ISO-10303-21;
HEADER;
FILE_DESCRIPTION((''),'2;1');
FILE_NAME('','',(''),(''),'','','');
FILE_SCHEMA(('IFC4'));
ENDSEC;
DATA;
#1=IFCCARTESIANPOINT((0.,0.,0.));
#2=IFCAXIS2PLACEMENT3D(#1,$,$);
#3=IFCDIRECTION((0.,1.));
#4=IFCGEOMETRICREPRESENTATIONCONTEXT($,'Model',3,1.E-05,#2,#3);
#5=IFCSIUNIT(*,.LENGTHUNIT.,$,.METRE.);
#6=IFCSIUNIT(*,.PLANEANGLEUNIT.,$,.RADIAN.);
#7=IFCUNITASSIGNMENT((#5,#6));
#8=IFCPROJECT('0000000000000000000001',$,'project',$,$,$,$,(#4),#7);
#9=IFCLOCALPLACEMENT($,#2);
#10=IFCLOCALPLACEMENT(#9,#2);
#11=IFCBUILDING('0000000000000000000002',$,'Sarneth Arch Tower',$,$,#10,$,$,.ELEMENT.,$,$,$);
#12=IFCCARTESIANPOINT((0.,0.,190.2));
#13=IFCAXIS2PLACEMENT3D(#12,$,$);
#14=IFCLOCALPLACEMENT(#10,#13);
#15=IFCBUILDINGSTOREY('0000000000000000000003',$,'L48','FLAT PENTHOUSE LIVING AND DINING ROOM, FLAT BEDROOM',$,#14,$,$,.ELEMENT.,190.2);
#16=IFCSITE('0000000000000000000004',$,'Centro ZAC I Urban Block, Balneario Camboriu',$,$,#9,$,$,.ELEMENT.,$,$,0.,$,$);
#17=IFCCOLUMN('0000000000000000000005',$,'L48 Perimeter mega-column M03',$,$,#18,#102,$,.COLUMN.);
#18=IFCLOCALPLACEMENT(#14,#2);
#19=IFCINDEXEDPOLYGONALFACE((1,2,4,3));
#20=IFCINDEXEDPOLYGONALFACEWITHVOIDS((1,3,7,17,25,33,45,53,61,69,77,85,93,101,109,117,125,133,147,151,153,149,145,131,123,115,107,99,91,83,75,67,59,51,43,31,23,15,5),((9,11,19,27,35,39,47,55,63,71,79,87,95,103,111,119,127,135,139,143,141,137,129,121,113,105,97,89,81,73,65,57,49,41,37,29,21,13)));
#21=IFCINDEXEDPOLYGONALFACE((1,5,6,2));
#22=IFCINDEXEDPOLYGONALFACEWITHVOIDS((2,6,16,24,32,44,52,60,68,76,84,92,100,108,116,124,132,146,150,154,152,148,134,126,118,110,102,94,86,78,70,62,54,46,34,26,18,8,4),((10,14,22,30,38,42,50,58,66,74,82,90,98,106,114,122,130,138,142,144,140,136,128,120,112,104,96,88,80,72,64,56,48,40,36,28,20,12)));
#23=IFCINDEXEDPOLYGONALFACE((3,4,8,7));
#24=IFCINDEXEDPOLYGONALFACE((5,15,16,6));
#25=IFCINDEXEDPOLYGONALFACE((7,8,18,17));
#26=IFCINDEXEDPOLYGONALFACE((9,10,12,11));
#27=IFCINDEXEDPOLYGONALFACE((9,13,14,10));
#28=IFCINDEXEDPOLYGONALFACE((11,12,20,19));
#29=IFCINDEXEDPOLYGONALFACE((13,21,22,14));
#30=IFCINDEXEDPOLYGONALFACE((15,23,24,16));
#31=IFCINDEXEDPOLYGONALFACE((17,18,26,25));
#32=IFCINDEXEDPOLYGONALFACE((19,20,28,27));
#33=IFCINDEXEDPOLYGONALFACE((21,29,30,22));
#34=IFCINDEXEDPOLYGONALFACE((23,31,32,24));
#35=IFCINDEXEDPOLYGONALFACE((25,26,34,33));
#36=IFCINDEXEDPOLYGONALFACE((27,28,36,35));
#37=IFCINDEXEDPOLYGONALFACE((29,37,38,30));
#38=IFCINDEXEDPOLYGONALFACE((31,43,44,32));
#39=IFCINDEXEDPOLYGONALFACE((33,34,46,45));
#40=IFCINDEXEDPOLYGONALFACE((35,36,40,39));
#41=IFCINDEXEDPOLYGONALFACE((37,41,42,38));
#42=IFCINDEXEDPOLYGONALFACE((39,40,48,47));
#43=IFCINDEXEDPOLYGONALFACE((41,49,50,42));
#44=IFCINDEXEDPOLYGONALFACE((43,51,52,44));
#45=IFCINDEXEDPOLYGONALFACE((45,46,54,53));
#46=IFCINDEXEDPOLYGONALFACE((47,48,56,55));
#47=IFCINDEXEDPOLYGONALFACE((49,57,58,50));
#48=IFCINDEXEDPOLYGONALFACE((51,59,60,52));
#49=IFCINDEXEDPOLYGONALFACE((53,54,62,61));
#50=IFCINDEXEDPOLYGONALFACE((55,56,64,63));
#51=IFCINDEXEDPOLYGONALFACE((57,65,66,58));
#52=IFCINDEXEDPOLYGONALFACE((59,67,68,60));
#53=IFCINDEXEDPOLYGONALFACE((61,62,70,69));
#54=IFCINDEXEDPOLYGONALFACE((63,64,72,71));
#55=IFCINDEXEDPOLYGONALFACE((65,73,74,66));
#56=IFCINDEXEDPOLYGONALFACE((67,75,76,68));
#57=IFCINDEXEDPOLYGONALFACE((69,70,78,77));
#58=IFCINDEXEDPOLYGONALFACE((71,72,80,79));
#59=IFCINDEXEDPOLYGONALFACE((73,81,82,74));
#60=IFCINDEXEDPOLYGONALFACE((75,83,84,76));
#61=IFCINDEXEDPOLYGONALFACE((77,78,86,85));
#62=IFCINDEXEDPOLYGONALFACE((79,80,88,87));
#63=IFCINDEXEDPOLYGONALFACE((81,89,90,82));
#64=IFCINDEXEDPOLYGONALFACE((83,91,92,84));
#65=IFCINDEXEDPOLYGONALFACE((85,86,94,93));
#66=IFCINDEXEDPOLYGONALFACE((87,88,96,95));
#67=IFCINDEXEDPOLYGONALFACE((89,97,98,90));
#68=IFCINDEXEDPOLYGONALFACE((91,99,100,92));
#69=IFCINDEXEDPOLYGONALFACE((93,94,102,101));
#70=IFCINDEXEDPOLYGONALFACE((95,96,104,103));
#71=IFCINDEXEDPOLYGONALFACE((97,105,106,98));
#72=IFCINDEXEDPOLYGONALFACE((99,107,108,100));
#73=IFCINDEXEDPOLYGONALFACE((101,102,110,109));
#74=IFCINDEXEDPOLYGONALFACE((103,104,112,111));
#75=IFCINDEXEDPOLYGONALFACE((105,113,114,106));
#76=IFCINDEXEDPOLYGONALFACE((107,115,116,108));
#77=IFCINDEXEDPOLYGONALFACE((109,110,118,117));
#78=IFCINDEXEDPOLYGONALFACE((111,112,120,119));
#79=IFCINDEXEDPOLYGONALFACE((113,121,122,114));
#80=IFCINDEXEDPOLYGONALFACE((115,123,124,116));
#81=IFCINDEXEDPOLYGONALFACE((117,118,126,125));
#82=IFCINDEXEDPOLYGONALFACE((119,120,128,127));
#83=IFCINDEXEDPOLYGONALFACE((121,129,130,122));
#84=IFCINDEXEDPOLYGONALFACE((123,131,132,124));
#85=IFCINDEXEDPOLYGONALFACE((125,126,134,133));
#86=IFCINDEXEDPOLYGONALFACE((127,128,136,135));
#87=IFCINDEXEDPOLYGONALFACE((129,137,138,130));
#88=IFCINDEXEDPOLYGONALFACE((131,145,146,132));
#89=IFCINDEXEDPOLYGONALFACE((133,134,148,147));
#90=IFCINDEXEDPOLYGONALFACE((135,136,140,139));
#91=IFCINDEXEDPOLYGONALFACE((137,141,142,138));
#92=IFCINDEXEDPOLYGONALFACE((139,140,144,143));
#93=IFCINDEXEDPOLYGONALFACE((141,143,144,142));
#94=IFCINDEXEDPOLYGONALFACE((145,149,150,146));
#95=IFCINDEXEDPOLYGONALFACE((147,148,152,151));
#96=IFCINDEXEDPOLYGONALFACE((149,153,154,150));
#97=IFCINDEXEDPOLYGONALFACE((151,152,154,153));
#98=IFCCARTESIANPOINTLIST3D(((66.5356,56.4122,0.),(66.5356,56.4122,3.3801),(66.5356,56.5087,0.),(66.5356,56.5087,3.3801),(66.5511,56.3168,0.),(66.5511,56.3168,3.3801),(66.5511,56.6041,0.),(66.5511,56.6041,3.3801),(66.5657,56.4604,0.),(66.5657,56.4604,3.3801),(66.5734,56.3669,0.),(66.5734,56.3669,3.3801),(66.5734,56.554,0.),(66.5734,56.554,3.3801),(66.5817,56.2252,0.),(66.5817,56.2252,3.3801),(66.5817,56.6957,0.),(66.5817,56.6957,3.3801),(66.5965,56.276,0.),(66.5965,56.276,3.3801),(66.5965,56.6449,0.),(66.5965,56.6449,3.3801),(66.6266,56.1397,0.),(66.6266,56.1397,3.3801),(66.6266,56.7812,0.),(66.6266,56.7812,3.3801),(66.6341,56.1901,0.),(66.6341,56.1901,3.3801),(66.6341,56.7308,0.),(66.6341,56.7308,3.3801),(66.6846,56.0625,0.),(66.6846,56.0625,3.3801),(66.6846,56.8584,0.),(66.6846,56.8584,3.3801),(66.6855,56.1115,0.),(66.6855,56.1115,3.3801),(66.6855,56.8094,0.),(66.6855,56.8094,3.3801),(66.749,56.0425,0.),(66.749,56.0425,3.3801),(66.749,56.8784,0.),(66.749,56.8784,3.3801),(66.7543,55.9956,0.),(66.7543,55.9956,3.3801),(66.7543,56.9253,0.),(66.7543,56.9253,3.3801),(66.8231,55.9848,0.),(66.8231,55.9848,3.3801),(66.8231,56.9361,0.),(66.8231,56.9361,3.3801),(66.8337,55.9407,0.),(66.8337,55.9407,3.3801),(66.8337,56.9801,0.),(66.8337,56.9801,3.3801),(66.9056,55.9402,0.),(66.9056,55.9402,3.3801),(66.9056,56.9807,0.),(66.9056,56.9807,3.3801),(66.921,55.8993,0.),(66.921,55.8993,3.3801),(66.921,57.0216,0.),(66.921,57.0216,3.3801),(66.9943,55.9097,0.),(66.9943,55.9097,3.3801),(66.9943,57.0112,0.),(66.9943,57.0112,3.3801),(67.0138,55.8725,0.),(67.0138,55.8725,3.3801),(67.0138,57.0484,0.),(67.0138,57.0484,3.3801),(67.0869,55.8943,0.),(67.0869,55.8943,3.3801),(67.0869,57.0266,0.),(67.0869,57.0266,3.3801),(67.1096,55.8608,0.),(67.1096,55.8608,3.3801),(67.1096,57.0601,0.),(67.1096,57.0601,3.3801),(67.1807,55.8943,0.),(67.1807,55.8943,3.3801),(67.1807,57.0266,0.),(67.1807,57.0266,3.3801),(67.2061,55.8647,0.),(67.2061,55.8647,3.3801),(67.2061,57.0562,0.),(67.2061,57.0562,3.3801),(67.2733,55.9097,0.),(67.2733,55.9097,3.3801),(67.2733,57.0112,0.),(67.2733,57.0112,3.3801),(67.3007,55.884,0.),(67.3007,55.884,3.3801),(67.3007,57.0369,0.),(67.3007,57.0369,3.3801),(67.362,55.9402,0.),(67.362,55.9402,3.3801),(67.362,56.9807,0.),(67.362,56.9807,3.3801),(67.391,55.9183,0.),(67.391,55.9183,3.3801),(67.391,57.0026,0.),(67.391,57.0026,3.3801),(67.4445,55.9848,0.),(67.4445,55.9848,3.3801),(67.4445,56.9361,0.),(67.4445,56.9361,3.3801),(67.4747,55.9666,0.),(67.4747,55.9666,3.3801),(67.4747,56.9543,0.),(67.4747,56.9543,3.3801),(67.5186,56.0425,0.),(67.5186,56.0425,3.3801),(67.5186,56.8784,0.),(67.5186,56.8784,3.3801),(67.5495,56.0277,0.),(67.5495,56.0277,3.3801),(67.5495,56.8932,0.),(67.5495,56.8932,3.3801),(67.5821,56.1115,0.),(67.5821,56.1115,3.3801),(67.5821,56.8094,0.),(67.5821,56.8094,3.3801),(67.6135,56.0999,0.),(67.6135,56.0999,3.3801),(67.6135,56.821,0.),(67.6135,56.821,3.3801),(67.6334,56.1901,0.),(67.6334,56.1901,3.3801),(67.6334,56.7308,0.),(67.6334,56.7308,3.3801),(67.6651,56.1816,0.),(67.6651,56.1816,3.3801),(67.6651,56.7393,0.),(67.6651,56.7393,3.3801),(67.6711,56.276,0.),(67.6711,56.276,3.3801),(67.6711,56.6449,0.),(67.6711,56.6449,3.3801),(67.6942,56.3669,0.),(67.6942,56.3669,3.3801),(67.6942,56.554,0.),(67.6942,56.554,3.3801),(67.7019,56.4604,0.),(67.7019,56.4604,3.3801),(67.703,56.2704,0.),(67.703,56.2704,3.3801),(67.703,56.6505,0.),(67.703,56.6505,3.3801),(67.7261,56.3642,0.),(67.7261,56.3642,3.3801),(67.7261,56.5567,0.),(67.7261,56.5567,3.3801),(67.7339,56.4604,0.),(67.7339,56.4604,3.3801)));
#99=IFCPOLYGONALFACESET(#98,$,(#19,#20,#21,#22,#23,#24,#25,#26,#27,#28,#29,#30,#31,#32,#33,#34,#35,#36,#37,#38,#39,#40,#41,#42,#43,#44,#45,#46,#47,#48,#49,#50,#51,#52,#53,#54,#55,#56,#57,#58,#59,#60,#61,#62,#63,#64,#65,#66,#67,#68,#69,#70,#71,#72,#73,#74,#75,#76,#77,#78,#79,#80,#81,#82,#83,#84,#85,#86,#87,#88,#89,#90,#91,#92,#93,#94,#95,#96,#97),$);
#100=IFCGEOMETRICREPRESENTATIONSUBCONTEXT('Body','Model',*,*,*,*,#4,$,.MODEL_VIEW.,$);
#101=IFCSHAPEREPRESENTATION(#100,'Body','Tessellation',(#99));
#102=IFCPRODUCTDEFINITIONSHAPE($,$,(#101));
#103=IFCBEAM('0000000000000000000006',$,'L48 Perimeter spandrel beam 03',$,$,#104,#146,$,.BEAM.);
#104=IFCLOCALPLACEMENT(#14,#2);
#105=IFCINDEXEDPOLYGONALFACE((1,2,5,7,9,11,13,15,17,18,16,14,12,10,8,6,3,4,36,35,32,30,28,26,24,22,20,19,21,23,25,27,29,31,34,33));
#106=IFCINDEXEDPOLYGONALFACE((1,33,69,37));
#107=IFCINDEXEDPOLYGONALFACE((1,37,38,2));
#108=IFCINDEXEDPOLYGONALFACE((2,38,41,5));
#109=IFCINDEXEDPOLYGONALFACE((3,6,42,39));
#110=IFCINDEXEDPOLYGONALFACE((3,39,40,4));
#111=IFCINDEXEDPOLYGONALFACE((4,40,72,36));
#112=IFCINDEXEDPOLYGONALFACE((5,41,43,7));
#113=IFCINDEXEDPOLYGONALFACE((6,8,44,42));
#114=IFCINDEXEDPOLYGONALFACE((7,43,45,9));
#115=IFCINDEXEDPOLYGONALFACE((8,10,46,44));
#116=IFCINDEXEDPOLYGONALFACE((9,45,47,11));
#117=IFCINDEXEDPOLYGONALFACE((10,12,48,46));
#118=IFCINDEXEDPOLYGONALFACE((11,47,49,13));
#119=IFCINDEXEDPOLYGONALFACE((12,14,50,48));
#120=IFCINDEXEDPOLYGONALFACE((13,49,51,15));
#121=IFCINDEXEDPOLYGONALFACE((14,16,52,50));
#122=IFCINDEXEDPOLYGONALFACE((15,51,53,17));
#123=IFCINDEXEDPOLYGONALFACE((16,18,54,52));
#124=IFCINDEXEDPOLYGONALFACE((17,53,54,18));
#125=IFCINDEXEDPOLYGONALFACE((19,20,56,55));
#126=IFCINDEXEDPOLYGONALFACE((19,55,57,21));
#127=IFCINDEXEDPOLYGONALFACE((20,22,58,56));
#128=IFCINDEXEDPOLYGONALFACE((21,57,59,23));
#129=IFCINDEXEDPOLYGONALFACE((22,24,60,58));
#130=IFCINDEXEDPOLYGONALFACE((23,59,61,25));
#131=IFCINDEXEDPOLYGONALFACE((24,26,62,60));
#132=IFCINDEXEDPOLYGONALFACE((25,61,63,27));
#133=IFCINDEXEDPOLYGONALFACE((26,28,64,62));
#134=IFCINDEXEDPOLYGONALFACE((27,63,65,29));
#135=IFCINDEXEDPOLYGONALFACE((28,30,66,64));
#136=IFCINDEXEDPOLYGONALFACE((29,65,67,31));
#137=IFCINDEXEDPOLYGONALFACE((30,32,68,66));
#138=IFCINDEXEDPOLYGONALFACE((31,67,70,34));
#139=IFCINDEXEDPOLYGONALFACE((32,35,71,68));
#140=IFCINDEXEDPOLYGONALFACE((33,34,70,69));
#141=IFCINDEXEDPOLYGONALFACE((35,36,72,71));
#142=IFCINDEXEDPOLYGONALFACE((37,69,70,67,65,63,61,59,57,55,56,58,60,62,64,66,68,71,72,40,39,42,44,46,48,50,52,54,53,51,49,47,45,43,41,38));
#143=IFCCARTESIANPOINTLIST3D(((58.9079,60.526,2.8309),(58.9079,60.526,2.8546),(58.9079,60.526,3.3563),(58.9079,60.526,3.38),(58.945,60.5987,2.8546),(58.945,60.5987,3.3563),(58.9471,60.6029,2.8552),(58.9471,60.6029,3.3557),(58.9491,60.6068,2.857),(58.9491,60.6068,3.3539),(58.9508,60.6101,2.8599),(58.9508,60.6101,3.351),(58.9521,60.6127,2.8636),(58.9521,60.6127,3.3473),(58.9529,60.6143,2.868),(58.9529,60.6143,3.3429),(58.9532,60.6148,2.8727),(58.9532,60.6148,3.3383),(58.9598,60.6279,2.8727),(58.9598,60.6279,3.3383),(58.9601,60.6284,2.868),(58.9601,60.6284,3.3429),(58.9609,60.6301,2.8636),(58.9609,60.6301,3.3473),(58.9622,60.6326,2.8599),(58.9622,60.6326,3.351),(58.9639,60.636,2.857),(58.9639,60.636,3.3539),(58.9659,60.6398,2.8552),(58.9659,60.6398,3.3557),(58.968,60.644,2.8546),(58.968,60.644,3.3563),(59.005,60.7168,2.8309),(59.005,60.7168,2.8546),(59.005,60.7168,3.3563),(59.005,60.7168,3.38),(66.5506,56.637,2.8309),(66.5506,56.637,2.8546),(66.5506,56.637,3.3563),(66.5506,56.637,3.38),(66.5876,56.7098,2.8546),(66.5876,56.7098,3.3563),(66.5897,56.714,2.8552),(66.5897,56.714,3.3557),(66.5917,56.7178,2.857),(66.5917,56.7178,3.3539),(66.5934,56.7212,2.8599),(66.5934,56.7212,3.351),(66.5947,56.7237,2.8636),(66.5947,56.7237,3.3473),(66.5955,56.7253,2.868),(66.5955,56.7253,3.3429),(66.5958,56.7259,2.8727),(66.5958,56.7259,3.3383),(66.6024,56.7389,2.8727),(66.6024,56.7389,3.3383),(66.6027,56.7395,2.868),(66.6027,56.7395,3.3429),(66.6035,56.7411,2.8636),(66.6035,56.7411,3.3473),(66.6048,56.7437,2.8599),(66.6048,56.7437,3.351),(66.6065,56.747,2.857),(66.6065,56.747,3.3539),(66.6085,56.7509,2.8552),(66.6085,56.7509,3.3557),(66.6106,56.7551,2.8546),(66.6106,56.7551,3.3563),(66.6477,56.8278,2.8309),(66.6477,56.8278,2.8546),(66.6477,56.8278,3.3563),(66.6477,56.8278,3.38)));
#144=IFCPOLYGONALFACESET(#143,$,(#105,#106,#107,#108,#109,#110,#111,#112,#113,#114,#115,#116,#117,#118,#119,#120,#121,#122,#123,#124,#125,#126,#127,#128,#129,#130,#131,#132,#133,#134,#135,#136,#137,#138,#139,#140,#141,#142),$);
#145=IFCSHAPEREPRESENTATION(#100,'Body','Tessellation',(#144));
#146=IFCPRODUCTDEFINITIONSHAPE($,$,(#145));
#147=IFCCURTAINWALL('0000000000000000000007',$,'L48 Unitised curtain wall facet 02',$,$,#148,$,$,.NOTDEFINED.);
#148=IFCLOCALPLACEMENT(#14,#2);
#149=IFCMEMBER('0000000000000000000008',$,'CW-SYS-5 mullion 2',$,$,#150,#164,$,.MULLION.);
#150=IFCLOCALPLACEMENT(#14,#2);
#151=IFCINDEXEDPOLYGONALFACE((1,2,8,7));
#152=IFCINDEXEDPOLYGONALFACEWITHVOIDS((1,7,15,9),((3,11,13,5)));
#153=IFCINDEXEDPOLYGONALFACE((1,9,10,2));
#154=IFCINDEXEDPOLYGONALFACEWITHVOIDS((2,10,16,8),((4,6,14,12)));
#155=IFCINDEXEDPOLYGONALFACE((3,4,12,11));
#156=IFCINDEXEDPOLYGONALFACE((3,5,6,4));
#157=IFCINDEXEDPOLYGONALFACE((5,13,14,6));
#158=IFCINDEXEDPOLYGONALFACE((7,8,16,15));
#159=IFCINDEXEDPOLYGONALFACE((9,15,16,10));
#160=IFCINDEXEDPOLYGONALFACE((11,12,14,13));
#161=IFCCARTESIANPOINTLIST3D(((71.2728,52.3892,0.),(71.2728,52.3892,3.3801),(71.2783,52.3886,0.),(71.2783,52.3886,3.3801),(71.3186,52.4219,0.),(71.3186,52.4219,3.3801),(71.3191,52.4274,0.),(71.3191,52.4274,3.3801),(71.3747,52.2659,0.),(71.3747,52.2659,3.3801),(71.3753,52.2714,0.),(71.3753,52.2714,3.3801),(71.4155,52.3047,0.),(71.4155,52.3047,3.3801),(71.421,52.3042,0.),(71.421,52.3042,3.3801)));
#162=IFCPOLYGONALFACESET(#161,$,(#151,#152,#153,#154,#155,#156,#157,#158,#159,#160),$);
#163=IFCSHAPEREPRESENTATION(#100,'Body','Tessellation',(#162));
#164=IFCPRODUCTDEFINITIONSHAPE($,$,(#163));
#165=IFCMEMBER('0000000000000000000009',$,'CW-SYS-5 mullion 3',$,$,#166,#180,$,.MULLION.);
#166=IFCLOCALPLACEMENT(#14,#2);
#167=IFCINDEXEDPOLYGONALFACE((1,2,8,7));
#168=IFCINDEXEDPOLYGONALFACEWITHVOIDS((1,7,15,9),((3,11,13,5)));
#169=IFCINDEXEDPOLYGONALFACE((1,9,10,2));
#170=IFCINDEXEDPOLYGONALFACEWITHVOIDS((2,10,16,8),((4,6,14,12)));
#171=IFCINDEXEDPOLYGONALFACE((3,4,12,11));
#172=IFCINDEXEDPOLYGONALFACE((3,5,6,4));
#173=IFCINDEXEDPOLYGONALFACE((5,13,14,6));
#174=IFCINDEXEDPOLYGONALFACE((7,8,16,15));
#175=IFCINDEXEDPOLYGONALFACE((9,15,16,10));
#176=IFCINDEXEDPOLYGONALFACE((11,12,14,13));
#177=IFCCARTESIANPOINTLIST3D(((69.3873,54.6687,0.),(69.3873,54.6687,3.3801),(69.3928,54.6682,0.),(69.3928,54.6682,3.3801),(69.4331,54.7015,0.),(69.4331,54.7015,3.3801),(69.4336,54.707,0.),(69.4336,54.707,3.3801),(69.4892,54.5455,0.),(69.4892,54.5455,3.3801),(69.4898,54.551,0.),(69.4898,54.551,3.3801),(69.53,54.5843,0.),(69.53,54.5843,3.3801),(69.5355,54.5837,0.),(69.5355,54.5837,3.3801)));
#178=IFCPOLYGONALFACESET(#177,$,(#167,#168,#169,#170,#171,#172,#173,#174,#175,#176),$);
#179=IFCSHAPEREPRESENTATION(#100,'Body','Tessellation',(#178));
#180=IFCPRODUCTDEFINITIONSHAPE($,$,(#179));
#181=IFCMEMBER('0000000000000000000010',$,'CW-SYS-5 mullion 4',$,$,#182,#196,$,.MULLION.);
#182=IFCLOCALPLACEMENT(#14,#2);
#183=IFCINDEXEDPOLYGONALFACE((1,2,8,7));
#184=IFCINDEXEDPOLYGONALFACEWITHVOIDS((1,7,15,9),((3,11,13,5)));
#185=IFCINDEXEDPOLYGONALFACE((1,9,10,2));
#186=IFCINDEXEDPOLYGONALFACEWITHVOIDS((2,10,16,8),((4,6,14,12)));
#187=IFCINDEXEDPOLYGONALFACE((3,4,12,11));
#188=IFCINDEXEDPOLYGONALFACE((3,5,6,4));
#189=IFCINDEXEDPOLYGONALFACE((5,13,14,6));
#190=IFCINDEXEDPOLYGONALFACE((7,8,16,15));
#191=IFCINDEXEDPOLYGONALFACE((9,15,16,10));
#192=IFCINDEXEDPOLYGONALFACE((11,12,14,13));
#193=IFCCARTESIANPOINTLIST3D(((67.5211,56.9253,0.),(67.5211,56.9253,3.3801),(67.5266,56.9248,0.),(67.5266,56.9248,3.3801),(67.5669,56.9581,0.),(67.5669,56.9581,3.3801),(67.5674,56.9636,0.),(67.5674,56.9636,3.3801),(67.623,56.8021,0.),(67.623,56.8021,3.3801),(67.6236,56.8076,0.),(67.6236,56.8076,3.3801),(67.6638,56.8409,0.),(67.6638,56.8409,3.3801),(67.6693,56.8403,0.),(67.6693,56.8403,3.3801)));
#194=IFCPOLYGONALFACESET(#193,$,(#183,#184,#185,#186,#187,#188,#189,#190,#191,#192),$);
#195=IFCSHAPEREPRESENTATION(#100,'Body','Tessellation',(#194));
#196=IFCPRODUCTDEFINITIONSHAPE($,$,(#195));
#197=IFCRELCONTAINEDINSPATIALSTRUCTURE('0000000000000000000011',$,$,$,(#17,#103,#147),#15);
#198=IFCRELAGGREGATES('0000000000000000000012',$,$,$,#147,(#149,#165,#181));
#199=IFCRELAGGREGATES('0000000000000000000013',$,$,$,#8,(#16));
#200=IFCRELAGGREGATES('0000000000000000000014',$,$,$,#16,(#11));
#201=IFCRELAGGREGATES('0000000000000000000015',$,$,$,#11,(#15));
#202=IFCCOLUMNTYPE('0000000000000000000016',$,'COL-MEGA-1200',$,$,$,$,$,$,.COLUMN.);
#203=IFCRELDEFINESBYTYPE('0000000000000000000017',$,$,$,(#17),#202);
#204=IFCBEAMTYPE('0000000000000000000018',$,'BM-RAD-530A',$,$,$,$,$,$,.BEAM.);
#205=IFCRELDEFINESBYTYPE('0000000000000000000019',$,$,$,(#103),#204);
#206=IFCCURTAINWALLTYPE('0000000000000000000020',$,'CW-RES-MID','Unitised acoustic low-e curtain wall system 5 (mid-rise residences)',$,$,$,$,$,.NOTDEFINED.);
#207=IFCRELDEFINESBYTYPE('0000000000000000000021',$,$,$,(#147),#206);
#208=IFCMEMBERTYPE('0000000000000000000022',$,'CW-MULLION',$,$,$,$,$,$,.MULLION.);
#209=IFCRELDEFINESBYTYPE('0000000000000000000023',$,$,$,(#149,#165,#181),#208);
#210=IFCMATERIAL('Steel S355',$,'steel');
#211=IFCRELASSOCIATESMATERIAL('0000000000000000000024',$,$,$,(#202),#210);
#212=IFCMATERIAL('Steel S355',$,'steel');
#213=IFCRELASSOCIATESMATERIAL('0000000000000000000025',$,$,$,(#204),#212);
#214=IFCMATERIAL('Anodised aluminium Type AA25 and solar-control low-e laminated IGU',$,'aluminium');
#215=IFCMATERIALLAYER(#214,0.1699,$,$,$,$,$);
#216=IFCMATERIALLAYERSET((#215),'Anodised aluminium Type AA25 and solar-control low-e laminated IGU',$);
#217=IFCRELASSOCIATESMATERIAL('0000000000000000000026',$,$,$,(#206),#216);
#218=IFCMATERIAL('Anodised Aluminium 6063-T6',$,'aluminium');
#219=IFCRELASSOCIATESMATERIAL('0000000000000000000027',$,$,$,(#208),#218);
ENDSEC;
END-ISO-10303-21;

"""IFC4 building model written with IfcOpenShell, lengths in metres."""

from ifc_helpers import new_model, si_unit, direction, frame, origin, origin_2d, place, context, subcontext, project, spatial, hollow_rectangle, hollow_circle, i_section, extrude, material, layer, layer_set, material_profile, profile_set, type_object, element, aggregate, save


model = new_model("IFC4")

# Units and contexts
model_context = context("Model", 3, precision=1e-05, world=origin(), true_north=direction((0.0, 1.0)))
body_context = subcontext(model_context, "Body", "Model", "MODEL_VIEW")
ifc_project = project(units=[si_unit("LENGTHUNIT", "METRE"), si_unit("PLANEANGLEUNIT", "RADIAN")], contexts=[model_context])

# Site, building, storey
site_placement = place(None, origin())
site = spatial("IfcSite", under=ifc_project, at=site_placement, Name="Centro ZAC I Urban Block, Balneario Camboriu", CompositionType="ELEMENT", RefElevation=0.0)
building_placement = place(site_placement, origin())
building = spatial("IfcBuilding", under=site, at=building_placement, Name="Sarneth Arch Tower", CompositionType="ELEMENT")
storey_placement = place(building_placement, frame((0.0, 0.0, 190.2)))
storey = spatial("IfcBuildingStorey", under=building, at=storey_placement, Name="L48", Description="FLAT PENTHOUSE LIVING AND DINING ROOM, FLAT BEDROOM", CompositionType="ELEMENT", Elevation=190.2)

# Column
ifc_material_1 = material(Name="Steel S355", Category="steel")
ifc_material_profile_1 = material_profile(ifc_material_1, hollow_circle(Radius=0.6001, WallThickness=0.032, at=origin_2d()), Name="CHS1200x32")
ifc_profile_set_1 = profile_set([ifc_material_profile_1], Name="Steel S355")
column_type = type_object("IfcColumnType", Name="COL-MEGA-1200", PredefinedType="COLUMN", material=ifc_profile_set_1)
column_placement = place(storey_placement, frame((67.1338, 56.4604, 0.0), z_axis=(0.0, 0.0, 1.0), x_axis=(1.0, 0.0, 0.0)))
element("IfcColumn", 1, at=column_placement, inside=storey, type_object=column_type, Name="L48 Perimeter mega-column M03", PredefinedType="COLUMN", context=body_context, shape_type="SweptSolid", body=[
    extrude(hollow_circle(Radius=0.6001, WallThickness=0.032, at=origin_2d()), origin(), (0.0, 0.0, 1.0), 3.3801),
])

# Beam
ifc_material_2 = material(Name="Steel S355", Category="steel")
ifc_material_profile_2 = material_profile(ifc_material_2, i_section(OverallWidth=0.2141, OverallDepth=0.5491, WebThickness=0.0146, FlangeThickness=0.0237, FilletRadius=0.0181, at=origin_2d()), Name="W530x138")
ifc_profile_set_2 = profile_set([ifc_material_profile_2], Name="Steel S355")
beam_type = type_object("IfcBeamType", Name="BM-RAD-530A", PredefinedType="BEAM", material=ifc_profile_set_2)
beam_placement = place(storey_placement, frame((66.5991, 56.7324, 3.1055), z_axis=(-0.89125, 0.453512, 0.0), x_axis=(-0.453512, -0.89125, 0.0)))
element("IfcBeam", 2, at=beam_placement, inside=storey, type_object=beam_type, Name="L48 Perimeter spandrel beam 03", PredefinedType="BEAM", context=body_context, shape_type="SweptSolid", body=[
    extrude(i_section(OverallWidth=0.2141, OverallDepth=0.5491, WebThickness=0.0146, FlangeThickness=0.0237, FilletRadius=0.0181, at=origin_2d()), origin(), (0.0, 0.0, 1.0), 8.5752),
])

# Curtain wall, members
ifc_material_3 = material(Name="Anodised aluminium Type AA25 and solar-control low-e laminated IGU", Category="aluminium")
ifc_layer_1 = layer(ifc_material_3, 0.1699)
ifc_layer_set_1 = layer_set([ifc_layer_1], Name="Anodised aluminium Type AA25 and solar-control low-e laminated IGU")
curtain_wall_type = type_object("IfcCurtainWallType", Name="CW-RES-MID", Description="Unitised acoustic low-e curtain wall system 5 (mid-rise residences)", PredefinedType="NOTDEFINED", material=ifc_layer_set_1)
curtain_wall_placement = place(storey_placement, origin())
curtain_wall = element("IfcCurtainWall", 3, at=curtain_wall_placement, inside=storey, type_object=curtain_wall_type, Name="L48 Unitised curtain wall facet 02", PredefinedType="NOTDEFINED")
ifc_material_4 = material(Name="Anodised Aluminium 6063-T6", Category="aluminium")
ifc_material_profile_3 = material_profile(ifc_material_4, hollow_rectangle(XDim=0.0601, YDim=0.1599, WallThickness=0.0039, at=origin_2d()), Name="AL-MULL-160x60x4")
ifc_profile_set_3 = profile_set([ifc_material_profile_3], Name="Anodised Aluminium 6063-T6")
member_type_1 = type_object("IfcMemberType", Name="CW-MULLION", PredefinedType="MULLION", material=ifc_profile_set_3)
member_1_placement = place(storey_placement, frame((71.3469, 52.3467, 0.0), z_axis=(0.0, 0.0, 1.0), x_axis=(-0.770591, -0.63733, 0.0)))
member_1 = element("IfcMember", 4, at=member_1_placement, type_object=member_type_1, Name="CW-SYS-5 mullion 2", PredefinedType="MULLION", context=body_context, shape_type="SweptSolid", body=[
    extrude(hollow_rectangle(XDim=0.0601, YDim=0.1599, WallThickness=0.0039, at=origin_2d()), origin(), (0.0, 0.0, 1.0), 3.3801),
])
member_2_placement = place(storey_placement, frame((69.4614, 54.6262, 0.0), z_axis=(0.0, 0.0, 1.0), x_axis=(-0.770591, -0.63733, 0.0)))
member_2 = element("IfcMember", 5, at=member_2_placement, type_object=member_type_1, Name="CW-SYS-5 mullion 3", PredefinedType="MULLION", context=body_context, shape_type="SweptSolid", body=[
    extrude(hollow_rectangle(XDim=0.0601, YDim=0.1599, WallThickness=0.0039, at=origin_2d()), origin(), (0.0, 0.0, 1.0), 3.3801),
])
member_3_placement = place(storey_placement, frame((67.5952, 56.8828, 0.0), z_axis=(0.0, 0.0, 1.0), x_axis=(-0.770591, -0.63733, 0.0)))
member_3 = element("IfcMember", 6, at=member_3_placement, type_object=member_type_1, Name="CW-SYS-5 mullion 4", PredefinedType="MULLION", context=body_context, shape_type="SweptSolid", body=[
    extrude(hollow_rectangle(XDim=0.0601, YDim=0.1599, WallThickness=0.0039, at=origin_2d()), origin(), (0.0, 0.0, 1.0), 3.3801),
])

aggregate(curtain_wall, [member_1, member_2, member_3])

save(model, "model.ifc")
